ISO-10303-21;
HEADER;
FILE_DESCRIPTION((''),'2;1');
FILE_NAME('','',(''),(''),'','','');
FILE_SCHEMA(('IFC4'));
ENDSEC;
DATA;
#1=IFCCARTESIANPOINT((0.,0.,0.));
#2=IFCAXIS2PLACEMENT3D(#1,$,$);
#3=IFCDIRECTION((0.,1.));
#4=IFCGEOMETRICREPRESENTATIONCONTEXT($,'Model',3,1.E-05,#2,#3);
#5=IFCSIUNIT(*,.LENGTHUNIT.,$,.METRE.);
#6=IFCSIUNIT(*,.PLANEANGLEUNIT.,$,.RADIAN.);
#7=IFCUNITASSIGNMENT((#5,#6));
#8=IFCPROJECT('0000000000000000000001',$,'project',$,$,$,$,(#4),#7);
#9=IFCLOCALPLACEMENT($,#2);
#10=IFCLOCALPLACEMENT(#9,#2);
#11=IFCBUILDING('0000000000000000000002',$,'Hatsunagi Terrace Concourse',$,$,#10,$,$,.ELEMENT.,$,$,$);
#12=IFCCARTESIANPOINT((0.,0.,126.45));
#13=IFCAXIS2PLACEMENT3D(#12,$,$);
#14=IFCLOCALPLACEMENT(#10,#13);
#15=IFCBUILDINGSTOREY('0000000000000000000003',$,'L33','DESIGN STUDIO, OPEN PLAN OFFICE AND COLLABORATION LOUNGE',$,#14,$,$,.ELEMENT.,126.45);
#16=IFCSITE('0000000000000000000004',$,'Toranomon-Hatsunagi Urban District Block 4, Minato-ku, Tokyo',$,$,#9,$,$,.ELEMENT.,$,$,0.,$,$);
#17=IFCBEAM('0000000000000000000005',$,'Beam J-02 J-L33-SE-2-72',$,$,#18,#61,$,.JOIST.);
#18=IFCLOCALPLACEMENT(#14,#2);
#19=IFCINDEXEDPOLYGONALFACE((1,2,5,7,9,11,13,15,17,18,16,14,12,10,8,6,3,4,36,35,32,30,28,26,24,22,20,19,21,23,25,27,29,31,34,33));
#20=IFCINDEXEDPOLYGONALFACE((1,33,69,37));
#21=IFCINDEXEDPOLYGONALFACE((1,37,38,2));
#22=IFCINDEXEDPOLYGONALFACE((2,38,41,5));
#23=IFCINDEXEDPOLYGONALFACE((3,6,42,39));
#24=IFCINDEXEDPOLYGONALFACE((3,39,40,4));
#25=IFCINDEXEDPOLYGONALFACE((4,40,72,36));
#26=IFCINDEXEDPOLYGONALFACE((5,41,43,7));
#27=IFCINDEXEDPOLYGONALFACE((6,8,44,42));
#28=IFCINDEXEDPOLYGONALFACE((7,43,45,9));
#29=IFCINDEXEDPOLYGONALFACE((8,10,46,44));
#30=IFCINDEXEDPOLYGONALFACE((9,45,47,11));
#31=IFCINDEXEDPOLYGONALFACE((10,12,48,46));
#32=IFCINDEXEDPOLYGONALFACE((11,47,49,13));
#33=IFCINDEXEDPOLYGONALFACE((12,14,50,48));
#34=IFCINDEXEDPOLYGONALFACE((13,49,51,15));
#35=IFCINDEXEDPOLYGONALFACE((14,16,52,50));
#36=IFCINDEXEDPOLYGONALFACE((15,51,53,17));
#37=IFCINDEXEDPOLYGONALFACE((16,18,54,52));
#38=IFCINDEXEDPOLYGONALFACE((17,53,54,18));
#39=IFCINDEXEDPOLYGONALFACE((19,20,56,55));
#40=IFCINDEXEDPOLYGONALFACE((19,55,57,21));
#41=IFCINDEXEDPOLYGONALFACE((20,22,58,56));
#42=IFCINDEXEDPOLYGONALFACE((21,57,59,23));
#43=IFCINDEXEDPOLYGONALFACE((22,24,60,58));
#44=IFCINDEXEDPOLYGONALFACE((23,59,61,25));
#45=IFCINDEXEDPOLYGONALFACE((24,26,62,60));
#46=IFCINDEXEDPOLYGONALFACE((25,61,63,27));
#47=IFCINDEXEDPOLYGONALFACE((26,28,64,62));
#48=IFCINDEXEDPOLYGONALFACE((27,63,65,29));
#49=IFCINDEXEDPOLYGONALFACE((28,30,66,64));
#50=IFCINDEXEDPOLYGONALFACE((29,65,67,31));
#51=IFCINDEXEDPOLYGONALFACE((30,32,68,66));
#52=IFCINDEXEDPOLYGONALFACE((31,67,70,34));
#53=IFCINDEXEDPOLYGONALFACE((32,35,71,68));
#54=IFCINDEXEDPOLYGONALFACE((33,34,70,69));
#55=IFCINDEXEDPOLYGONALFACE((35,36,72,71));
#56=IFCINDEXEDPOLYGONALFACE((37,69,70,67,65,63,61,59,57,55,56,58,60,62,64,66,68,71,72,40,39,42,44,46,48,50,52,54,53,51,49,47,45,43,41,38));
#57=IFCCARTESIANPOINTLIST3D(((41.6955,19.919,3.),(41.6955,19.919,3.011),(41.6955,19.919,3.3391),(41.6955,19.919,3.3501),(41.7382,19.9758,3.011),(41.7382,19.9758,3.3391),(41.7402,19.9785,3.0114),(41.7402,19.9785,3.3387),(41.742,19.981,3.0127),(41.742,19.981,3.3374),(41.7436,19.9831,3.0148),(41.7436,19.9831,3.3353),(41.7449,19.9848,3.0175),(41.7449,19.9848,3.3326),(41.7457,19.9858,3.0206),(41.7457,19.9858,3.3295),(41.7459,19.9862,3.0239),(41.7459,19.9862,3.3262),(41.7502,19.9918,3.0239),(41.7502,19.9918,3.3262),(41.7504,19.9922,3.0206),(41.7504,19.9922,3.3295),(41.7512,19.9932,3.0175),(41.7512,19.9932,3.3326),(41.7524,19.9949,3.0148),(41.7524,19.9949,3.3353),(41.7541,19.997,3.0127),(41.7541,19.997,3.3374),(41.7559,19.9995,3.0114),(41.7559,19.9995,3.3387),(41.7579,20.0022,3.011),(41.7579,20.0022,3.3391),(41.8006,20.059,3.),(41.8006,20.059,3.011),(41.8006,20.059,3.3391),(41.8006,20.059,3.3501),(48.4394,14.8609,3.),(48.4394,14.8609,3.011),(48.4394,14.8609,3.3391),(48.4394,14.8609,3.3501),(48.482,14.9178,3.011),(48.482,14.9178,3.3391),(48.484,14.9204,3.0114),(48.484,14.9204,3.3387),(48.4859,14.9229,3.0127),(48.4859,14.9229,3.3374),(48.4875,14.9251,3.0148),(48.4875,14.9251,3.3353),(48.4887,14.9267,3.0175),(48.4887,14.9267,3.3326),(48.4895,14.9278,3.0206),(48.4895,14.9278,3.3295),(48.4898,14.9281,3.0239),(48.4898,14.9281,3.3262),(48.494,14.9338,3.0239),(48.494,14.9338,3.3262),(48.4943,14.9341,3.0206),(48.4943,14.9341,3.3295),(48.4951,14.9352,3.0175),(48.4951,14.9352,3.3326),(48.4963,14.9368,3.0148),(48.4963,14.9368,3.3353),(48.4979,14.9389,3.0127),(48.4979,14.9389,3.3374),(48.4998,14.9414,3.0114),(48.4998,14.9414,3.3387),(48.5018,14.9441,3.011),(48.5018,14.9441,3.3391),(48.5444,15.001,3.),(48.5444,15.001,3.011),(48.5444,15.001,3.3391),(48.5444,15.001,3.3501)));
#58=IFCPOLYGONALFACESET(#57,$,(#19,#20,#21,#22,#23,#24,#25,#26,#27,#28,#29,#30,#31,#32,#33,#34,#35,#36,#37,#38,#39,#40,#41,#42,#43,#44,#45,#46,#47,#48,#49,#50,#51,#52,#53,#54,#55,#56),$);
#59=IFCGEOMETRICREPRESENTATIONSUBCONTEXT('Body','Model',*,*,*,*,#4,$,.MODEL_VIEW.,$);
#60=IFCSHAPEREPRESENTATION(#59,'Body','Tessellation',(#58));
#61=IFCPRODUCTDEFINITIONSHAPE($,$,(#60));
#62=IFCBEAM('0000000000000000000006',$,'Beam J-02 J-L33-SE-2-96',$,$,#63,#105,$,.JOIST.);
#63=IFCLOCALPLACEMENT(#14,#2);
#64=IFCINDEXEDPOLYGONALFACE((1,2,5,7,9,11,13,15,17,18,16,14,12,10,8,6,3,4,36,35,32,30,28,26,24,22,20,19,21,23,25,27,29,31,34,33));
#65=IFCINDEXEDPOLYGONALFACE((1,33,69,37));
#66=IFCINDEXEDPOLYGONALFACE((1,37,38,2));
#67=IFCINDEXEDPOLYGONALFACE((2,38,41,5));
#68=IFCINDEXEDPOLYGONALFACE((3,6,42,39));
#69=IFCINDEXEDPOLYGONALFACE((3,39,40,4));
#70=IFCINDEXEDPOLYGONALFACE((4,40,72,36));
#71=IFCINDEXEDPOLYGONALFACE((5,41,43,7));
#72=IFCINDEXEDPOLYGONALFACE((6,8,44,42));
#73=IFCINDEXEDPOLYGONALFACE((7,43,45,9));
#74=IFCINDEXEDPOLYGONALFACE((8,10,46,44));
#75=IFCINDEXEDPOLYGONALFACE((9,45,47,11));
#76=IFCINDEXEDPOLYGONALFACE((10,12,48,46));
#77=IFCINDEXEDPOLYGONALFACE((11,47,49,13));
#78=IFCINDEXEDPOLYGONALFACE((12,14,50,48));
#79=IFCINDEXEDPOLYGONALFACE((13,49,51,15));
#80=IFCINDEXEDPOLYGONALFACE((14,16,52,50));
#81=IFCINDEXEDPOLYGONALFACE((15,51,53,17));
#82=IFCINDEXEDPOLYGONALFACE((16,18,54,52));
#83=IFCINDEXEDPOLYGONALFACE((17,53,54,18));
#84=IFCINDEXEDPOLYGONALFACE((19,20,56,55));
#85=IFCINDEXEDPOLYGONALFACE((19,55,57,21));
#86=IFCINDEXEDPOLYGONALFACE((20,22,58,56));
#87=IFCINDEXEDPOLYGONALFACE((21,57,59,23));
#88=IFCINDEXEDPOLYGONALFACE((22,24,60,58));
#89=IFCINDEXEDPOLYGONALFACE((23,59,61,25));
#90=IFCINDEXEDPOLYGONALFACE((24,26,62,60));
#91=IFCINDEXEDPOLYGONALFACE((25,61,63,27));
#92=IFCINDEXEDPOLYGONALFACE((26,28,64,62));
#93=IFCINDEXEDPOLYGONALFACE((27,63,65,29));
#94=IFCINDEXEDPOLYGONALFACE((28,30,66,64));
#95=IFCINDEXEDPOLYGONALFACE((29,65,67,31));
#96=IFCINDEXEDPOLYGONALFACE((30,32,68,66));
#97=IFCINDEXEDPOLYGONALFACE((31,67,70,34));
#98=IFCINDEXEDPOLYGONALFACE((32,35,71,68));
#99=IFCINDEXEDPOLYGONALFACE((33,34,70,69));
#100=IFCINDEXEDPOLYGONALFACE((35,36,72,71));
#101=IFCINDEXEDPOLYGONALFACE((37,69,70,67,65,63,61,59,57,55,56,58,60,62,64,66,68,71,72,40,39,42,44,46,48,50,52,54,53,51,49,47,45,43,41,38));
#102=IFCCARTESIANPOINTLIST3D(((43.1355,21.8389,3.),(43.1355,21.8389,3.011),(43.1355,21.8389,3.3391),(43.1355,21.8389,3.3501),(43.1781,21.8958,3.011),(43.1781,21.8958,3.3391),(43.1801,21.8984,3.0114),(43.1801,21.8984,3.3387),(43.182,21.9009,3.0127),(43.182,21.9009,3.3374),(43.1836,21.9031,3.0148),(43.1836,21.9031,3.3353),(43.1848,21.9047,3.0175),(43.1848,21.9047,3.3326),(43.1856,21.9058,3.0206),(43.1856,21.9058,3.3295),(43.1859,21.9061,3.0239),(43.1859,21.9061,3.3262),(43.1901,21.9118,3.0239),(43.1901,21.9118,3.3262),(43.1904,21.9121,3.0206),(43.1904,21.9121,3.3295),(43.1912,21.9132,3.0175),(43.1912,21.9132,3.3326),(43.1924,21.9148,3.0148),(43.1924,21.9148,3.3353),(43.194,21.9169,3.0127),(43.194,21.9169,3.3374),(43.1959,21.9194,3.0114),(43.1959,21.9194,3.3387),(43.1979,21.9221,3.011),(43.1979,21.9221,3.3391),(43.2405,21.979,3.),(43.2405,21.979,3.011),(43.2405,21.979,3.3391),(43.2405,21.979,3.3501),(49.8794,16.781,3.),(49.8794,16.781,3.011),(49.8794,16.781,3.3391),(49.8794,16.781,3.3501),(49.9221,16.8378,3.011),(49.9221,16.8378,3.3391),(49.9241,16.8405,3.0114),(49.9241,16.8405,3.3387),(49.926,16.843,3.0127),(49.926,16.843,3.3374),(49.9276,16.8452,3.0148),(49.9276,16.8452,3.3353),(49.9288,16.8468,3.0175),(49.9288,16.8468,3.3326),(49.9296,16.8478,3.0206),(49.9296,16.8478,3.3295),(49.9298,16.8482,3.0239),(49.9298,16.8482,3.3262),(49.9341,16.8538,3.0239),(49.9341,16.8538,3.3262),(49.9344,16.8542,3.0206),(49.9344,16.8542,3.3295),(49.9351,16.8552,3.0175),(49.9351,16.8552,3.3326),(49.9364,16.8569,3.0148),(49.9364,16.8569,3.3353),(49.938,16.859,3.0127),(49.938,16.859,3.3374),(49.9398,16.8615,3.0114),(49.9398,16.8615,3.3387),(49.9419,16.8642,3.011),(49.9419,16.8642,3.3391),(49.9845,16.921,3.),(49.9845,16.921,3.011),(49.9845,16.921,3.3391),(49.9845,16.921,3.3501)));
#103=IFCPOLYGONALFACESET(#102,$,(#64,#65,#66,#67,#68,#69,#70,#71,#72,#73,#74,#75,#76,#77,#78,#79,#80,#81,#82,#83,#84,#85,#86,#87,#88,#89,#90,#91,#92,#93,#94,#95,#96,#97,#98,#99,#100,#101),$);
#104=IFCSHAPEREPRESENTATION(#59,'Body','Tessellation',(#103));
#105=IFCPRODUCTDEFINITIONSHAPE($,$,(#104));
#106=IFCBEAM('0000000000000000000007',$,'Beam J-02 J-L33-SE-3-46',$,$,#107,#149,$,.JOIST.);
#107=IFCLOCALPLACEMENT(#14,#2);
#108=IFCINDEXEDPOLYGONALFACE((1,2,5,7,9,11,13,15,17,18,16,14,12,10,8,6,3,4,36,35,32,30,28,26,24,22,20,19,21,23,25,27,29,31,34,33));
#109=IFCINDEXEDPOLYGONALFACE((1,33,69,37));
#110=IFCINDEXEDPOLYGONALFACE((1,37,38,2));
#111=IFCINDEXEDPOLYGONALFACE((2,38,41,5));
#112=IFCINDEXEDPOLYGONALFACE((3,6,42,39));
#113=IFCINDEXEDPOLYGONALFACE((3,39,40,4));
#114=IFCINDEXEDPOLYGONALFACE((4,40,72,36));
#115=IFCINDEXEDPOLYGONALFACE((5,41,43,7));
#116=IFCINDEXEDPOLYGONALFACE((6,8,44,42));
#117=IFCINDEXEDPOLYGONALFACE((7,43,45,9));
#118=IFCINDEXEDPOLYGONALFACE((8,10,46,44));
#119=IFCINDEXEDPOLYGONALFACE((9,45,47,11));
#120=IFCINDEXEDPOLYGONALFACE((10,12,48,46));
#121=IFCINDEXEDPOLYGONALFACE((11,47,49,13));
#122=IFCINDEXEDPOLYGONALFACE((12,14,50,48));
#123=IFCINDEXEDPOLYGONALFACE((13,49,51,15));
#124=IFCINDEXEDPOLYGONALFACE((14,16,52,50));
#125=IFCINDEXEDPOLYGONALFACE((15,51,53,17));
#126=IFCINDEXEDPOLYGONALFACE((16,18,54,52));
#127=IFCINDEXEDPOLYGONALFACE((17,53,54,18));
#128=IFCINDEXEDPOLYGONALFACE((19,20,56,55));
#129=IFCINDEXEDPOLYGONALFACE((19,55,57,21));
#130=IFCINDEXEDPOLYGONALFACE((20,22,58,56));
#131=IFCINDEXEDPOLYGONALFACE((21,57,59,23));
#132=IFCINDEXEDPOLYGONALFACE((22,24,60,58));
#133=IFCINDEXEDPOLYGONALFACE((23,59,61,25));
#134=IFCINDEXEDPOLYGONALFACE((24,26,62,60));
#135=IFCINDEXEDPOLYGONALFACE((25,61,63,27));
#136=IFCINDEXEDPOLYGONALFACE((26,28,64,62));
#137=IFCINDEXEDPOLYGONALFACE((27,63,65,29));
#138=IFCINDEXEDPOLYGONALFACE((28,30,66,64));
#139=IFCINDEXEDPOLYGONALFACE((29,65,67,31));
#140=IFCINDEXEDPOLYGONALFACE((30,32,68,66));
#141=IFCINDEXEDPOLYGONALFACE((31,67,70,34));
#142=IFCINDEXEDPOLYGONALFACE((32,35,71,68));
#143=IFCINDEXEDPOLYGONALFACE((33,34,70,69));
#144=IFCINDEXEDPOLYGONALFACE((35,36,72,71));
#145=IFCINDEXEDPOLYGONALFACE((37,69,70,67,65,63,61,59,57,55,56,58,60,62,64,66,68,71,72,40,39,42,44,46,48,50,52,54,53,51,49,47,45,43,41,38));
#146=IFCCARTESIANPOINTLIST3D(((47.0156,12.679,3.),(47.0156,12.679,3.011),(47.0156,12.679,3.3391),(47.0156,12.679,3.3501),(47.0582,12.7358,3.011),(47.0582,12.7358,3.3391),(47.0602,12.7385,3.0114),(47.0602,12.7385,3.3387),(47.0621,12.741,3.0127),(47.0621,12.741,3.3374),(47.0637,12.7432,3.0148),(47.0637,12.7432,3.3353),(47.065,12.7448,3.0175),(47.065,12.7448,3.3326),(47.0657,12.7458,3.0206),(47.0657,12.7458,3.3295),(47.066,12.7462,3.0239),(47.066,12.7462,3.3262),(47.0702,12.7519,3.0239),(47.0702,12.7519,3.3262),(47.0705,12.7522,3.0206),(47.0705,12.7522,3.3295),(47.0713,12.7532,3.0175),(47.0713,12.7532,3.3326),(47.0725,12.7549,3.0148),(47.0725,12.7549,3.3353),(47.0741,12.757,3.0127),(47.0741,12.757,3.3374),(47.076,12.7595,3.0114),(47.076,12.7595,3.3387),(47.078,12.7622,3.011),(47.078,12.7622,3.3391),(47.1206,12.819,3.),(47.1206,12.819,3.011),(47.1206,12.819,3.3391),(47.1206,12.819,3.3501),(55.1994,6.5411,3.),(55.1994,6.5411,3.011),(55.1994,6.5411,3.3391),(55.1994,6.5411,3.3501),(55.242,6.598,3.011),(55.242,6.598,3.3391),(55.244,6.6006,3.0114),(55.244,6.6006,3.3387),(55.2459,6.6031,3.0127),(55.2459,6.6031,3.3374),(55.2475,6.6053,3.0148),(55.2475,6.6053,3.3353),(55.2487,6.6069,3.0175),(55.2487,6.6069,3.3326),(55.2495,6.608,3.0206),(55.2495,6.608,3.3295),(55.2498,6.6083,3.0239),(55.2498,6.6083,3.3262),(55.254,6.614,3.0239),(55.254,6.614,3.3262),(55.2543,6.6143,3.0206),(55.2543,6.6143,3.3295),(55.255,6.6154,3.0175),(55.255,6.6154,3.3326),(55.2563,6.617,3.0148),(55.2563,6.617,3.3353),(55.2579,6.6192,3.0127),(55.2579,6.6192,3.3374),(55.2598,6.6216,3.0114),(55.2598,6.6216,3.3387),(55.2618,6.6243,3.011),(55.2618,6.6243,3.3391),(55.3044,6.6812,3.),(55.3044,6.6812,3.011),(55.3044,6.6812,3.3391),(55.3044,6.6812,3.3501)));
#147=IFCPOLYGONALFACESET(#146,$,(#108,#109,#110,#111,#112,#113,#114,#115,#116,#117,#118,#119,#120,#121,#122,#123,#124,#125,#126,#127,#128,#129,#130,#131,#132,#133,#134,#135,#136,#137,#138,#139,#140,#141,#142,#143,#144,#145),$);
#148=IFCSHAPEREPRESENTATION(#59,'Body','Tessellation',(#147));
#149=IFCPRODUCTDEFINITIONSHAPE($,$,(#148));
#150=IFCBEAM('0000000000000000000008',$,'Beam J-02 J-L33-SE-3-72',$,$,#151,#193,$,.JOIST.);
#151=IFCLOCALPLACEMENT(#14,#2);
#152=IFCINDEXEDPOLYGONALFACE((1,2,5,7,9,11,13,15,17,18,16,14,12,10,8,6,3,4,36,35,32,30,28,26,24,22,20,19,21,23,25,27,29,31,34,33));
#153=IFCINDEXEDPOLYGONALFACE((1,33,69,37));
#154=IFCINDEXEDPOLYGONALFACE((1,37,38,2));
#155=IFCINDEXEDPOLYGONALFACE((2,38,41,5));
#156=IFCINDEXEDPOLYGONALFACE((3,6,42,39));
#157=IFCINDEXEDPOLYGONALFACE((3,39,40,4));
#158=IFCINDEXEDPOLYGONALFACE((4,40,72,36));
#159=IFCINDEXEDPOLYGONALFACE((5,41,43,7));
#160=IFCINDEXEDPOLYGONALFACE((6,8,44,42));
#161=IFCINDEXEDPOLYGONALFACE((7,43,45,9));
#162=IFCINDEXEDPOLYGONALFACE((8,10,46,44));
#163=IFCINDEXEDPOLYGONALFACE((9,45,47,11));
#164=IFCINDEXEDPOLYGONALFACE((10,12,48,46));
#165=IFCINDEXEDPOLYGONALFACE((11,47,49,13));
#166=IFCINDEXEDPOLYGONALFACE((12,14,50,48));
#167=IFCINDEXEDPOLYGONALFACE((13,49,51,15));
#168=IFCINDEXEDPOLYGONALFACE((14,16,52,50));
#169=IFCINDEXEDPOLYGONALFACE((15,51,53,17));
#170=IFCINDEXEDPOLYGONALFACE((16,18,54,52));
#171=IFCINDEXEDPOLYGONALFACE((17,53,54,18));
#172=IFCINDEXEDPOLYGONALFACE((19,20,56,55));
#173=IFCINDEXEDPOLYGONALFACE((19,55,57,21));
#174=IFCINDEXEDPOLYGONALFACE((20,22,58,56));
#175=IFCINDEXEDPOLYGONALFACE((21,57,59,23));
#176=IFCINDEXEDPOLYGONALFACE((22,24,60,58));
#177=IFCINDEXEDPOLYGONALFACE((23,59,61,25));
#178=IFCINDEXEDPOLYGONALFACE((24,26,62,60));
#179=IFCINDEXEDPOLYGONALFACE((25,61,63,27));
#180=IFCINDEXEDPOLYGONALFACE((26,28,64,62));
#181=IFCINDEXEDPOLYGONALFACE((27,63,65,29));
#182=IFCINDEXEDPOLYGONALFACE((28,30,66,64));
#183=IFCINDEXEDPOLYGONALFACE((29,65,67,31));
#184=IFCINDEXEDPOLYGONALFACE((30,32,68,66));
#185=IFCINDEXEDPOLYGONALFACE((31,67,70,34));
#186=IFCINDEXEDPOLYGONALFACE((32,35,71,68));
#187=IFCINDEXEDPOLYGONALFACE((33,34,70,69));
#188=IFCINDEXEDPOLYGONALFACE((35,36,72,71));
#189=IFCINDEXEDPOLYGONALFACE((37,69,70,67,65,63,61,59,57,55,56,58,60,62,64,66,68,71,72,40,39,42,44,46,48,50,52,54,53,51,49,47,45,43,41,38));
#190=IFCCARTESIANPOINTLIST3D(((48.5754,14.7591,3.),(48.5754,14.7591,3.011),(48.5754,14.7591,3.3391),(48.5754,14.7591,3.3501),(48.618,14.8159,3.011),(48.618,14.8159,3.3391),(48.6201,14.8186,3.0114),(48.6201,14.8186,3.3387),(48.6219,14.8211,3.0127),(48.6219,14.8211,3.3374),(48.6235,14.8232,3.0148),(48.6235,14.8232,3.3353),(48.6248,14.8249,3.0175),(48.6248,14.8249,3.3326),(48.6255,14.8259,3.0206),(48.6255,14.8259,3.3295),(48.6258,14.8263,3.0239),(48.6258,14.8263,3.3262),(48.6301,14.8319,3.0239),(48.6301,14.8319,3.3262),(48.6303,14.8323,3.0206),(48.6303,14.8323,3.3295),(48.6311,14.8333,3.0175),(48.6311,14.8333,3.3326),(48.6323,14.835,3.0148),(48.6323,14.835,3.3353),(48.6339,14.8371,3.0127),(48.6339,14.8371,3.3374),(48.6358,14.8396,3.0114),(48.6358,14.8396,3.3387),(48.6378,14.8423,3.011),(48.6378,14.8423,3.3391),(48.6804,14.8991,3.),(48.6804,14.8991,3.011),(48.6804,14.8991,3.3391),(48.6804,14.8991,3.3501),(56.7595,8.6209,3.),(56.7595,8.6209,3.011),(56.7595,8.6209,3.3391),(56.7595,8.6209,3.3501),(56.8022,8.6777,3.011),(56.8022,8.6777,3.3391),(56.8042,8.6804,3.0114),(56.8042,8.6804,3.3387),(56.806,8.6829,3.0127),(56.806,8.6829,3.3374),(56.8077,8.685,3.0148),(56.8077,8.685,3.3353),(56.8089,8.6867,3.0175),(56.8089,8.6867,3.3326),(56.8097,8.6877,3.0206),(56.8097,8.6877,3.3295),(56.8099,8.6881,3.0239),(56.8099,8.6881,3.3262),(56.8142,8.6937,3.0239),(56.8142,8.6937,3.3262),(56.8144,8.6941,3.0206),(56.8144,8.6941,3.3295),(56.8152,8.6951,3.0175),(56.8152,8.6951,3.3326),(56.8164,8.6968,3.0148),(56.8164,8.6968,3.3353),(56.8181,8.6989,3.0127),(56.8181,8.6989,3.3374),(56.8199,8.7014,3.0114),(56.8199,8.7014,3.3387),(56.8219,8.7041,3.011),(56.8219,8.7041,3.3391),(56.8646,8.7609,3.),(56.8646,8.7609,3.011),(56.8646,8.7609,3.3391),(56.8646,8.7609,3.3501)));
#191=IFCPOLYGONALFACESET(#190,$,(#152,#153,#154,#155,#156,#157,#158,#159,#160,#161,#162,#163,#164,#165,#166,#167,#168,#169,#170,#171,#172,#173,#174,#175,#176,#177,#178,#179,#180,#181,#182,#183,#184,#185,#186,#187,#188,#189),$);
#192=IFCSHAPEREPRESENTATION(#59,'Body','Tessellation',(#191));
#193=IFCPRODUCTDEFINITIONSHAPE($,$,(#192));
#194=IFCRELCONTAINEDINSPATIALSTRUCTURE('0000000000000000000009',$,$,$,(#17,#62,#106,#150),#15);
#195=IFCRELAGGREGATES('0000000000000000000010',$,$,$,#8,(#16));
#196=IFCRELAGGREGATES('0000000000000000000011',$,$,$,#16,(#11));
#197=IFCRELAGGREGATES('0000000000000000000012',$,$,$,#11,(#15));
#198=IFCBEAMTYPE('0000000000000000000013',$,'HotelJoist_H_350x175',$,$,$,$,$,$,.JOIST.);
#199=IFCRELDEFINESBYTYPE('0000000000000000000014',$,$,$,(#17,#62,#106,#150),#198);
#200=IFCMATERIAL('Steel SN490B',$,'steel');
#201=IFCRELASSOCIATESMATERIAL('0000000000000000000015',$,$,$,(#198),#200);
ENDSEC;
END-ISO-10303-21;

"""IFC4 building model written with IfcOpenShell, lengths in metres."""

from ifc_helpers import new_model, si_unit, direction, frame, origin, origin_2d, place, context, subcontext, project, spatial, i_section, extrude, material, material_profile, profile_set, type_object, element, save


model = new_model("IFC4")

# Units and contexts
model_context = context("Model", 3, precision=1e-05, world=origin(), true_north=direction((0.0, 1.0)))
body_context = subcontext(model_context, "Body", "Model", "MODEL_VIEW")
ifc_project = project(units=[si_unit("LENGTHUNIT", "METRE"), si_unit("PLANEANGLEUNIT", "RADIAN")], contexts=[model_context])

# Site, building, storey
site_placement = place(None, origin())
site = spatial("IfcSite", under=ifc_project, at=site_placement, Name="Toranomon-Hatsunagi Urban District Block 4, Minato-ku, Tokyo", CompositionType="ELEMENT", RefElevation=0.0)
building_placement = place(site_placement, origin())
building = spatial("IfcBuilding", under=site, at=building_placement, Name="Hatsunagi Terrace Concourse", CompositionType="ELEMENT")
storey_placement = place(building_placement, frame((0.0, 0.0, 126.45)))
storey = spatial("IfcBuildingStorey", under=building, at=storey_placement, Name="L33", Description="DESIGN STUDIO, OPEN PLAN OFFICE AND COLLABORATION LOUNGE", CompositionType="ELEMENT", Elevation=126.45)

# Beams
ifc_material_1 = material(Name="Steel SN490B", Category="steel")
ifc_material_profile_1 = material_profile(ifc_material_1, i_section(OverallWidth=0.175, OverallDepth=0.3501, WebThickness=0.0071, FlangeThickness=0.011, FilletRadius=0.0129, at=origin_2d()), Name="H-350x175x7x11")
ifc_profile_set_1 = profile_set([ifc_material_profile_1], Name="Steel SN490B")
beam_type_1 = type_object("IfcBeamType", Name="HotelJoist_H_350x175", PredefinedType="JOIST", material=ifc_profile_set_1)
for number, where, z_axis, x_axis, name in (
    (1, (41.748, 19.989, 3.175), (0.79999, -0.600014, 0.0), (0.600014, 0.79999, 0.0), "Beam J-02 J-L33-SE-2-72"),
    (2, (43.188, 21.9089, 3.175), (0.800003, -0.599995, 0.0), (0.599995, 0.800003, 0.0), "Beam J-02 J-L33-SE-2-96"),
):
    element("IfcBeam", number, at=place(storey_placement, frame(where, z_axis=z_axis, x_axis=x_axis)), inside=storey, type_object=beam_type_1, Name=name, PredefinedType="JOIST", context=body_context, shape_type="SweptSolid", body=[
        extrude(i_section(OverallWidth=0.175, OverallDepth=0.3501, WebThickness=0.0071, FlangeThickness=0.011, FilletRadius=0.0129, at=origin_2d()), origin(), (0.0, 0.0, 1.0), 8.4299),
    ])
beam_1_placement = place(storey_placement, frame((47.0681, 12.749, 3.175), z_axis=(0.799997, -0.600004, 0.0), x_axis=(0.600004, 0.799997, 0.0)))
element("IfcBeam", 3, at=beam_1_placement, inside=storey, type_object=beam_type_1, Name="Beam J-02 J-L33-SE-3-46", PredefinedType="JOIST", context=body_context, shape_type="SweptSolid", body=[
    extrude(i_section(OverallWidth=0.175, OverallDepth=0.3501, WebThickness=0.0071, FlangeThickness=0.011, FilletRadius=0.0129, at=origin_2d()), origin(), (0.0, 0.0, 1.0), 10.2297),
])
beam_2_placement = place(storey_placement, frame((48.6279, 14.8291, 3.175), z_axis=(0.799994, -0.600008, 0.0), x_axis=(0.600008, 0.799994, 0.0)))
element("IfcBeam", 4, at=beam_2_placement, inside=storey, type_object=beam_type_1, Name="Beam J-02 J-L33-SE-3-72", PredefinedType="JOIST", context=body_context, shape_type="SweptSolid", body=[
    extrude(i_section(OverallWidth=0.175, OverallDepth=0.3501, WebThickness=0.0071, FlangeThickness=0.011, FilletRadius=0.0129, at=origin_2d()), origin(), (0.0, 0.0, 1.0), 10.2302),
])

save(model, "model.ifc")
